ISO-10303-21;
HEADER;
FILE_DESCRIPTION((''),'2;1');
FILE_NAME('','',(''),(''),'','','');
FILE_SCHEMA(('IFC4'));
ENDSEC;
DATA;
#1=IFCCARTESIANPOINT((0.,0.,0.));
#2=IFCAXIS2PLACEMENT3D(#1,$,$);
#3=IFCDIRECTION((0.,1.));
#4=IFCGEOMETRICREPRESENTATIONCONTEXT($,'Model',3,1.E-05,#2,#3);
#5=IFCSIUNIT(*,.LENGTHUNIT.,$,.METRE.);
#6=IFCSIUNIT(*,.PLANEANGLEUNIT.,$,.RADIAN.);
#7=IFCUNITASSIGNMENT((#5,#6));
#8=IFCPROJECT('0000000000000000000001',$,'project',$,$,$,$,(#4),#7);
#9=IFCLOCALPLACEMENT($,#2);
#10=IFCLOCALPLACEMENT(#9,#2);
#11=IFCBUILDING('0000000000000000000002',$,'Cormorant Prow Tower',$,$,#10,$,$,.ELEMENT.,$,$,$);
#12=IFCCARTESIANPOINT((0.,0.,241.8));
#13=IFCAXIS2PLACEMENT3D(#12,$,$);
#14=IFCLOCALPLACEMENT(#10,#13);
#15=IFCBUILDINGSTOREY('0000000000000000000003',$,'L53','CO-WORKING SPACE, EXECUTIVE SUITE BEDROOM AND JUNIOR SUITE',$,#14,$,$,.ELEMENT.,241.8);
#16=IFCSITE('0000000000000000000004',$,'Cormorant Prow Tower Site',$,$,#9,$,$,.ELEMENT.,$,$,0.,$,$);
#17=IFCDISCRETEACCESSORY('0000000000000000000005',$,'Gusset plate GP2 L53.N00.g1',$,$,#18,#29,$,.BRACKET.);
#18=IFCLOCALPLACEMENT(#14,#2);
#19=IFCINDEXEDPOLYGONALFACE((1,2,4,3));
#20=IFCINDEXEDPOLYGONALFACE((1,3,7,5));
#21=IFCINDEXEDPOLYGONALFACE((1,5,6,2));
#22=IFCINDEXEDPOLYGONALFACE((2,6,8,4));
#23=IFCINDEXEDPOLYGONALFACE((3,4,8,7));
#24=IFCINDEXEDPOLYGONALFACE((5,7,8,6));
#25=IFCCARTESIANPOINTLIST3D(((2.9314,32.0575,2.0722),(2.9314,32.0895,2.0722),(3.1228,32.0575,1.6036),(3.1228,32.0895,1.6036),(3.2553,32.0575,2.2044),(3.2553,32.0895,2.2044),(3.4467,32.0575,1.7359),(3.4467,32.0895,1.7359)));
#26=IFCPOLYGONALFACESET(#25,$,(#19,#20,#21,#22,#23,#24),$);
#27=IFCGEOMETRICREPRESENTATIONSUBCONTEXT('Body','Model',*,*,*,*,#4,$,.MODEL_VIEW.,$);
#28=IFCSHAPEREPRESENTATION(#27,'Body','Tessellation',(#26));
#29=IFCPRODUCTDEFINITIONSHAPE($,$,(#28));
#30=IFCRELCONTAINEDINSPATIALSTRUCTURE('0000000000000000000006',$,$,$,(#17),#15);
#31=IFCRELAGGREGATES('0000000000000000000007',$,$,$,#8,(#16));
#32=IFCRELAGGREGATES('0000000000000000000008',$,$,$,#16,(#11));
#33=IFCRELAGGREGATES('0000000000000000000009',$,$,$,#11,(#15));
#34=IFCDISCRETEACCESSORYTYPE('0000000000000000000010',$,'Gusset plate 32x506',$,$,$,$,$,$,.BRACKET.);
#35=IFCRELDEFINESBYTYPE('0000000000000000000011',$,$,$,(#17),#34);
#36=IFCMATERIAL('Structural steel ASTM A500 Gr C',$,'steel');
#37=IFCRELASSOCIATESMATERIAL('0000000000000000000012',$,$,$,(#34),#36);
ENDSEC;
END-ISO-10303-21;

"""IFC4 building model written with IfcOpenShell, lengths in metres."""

from ifc_helpers import new_model, si_unit, direction, frame, origin, origin_2d, place, context, subcontext, project, spatial, rectangle, extrude, material, material_profile, profile_set, type_object, element, save


model = new_model("IFC4")

# Units and contexts
model_context = context("Model", 3, precision=1e-05, world=origin(), true_north=direction((0.0, 1.0)))
body_context = subcontext(model_context, "Body", "Model", "MODEL_VIEW")
ifc_project = project(units=[si_unit("LENGTHUNIT", "METRE"), si_unit("PLANEANGLEUNIT", "RADIAN")], contexts=[model_context])

# Site, building, storey
site_placement = place(None, origin())
site = spatial("IfcSite", under=ifc_project, at=site_placement, Name="Cormorant Prow Tower Site", CompositionType="ELEMENT", RefElevation=0.0)
building_placement = place(site_placement, origin())
building = spatial("IfcBuilding", under=site, at=building_placement, Name="Cormorant Prow Tower", CompositionType="ELEMENT")
storey_placement = place(building_placement, frame((0.0, 0.0, 241.8)))
storey = spatial("IfcBuildingStorey", under=building, at=storey_placement, Name="L53", Description="CO-WORKING SPACE, EXECUTIVE SUITE BEDROOM AND JUNIOR SUITE", CompositionType="ELEMENT", Elevation=241.8)

# Discrete accessory
ifc_material_1 = material(Name="Structural steel ASTM A500 Gr C", Category="steel")
ifc_material_profile_1 = material_profile(ifc_material_1, rectangle(XDim=0.032, YDim=0.5061, at=origin_2d()), Name="Gusset plate 32x506")
ifc_profile_set_1 = profile_set([ifc_material_profile_1], Name="Structural steel ASTM A500 Gr C")
discrete_accessory_type = type_object("IfcDiscreteAccessoryType", Name="Gusset plate 32x506", PredefinedType="BRACKET", material=ifc_profile_set_1)
discrete_accessory_1_placement = place(storey_placement, frame((3.0271, 32.0735, 1.8379), z_axis=(0.925758, 0.0, 0.378117), x_axis=(0.0, 1.0, 0.0)))
element("IfcDiscreteAccessory", 1, at=discrete_accessory_1_placement, inside=storey, type_object=discrete_accessory_type, Name="Gusset plate GP2 L53.N00.g1", PredefinedType="BRACKET", context=body_context, shape_type="SweptSolid", body=[
    extrude(rectangle(XDim=0.032, YDim=0.5061, at=origin_2d()), origin(), (0.0, 0.0, 1.0), 0.3499),
])

save(model, "model.ifc")
